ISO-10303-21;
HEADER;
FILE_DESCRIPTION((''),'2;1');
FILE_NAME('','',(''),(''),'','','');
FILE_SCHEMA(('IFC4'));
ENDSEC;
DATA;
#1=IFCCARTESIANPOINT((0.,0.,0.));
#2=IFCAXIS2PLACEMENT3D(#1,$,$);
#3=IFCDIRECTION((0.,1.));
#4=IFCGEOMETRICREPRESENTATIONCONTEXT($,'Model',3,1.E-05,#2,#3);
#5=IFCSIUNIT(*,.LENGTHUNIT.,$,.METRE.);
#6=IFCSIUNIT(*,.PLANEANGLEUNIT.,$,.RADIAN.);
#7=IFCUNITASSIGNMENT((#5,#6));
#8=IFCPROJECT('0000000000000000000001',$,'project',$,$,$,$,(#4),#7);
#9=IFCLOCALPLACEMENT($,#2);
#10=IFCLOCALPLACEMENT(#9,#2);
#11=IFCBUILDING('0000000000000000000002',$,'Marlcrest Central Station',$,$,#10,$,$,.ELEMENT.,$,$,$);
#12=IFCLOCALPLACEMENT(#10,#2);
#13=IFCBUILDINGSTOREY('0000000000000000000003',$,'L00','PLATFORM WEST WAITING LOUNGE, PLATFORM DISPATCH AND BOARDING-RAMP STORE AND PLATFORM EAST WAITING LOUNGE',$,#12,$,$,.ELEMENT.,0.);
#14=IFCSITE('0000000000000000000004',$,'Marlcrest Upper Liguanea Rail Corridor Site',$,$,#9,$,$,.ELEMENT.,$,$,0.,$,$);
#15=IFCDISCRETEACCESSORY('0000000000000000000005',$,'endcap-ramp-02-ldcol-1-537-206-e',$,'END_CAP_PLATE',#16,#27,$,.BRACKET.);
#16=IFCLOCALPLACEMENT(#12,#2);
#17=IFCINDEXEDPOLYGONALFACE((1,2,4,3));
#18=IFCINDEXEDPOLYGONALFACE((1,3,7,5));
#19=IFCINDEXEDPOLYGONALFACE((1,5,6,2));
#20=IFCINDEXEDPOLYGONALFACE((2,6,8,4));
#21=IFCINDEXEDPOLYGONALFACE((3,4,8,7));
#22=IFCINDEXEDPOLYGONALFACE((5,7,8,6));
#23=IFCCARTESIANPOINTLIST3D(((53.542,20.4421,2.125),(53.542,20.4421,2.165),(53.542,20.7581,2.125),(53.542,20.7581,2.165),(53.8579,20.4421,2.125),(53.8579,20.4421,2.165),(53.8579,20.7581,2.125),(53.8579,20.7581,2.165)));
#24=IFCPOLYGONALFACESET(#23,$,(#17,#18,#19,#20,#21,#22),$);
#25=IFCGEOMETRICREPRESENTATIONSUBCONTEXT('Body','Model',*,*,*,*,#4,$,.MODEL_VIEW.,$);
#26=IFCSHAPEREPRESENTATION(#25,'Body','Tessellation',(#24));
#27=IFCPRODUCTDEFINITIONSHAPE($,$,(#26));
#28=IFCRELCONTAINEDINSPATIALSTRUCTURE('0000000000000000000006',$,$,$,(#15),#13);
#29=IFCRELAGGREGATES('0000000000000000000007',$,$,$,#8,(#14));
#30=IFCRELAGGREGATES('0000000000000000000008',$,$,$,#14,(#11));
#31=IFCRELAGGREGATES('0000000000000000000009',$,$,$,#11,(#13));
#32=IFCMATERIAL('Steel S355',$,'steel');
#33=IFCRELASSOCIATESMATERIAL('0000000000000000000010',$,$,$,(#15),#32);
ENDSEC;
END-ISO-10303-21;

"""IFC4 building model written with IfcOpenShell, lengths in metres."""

from ifc_helpers import new_model, si_unit, direction, frame, origin, origin_2d, place, context, subcontext, project, spatial, rectangle, extrude, material, element, save


model = new_model("IFC4")

# Units and contexts
model_context = context("Model", 3, precision=1e-05, world=origin(), true_north=direction((0.0, 1.0)))
body_context = subcontext(model_context, "Body", "Model", "MODEL_VIEW")
ifc_project = project(units=[si_unit("LENGTHUNIT", "METRE"), si_unit("PLANEANGLEUNIT", "RADIAN")], contexts=[model_context])

# Site, building, storey
site_placement = place(None, origin())
site = spatial("IfcSite", under=ifc_project, at=site_placement, Name="Marlcrest Upper Liguanea Rail Corridor Site", CompositionType="ELEMENT", RefElevation=0.0)
building_placement = place(site_placement, origin())
building = spatial("IfcBuilding", under=site, at=building_placement, Name="Marlcrest Central Station", CompositionType="ELEMENT")
storey_placement = place(building_placement, origin())
storey = spatial("IfcBuildingStorey", under=building, at=storey_placement, Name="L00", Description="PLATFORM WEST WAITING LOUNGE, PLATFORM DISPATCH AND BOARDING-RAMP STORE AND PLATFORM EAST WAITING LOUNGE", CompositionType="ELEMENT", Elevation=0.0)

# Shared definitions
ifc_material_1 = material(Name="Steel S355", Category="steel")

# Discrete accessory
for number, where, z_axis, x_axis, name in (
    (1, (53.7, 20.6001, 2.125), (0.0, 0.0, 1.0), (1.0, 0.0, 0.0), "endcap-ramp-02-ldcol-1-537-206-e"),
):
    element("IfcDiscreteAccessory", number, at=place(storey_placement, frame(where, z_axis=z_axis, x_axis=x_axis)), inside=storey, material=ifc_material_1, Name=name, ObjectType="END_CAP_PLATE", PredefinedType="BRACKET", context=body_context, shape_type="SweptSolid", body=[
        extrude(rectangle(XDim=0.3159, YDim=0.3159, at=origin_2d()), origin(), (0.0, 0.0, 1.0), 0.04),
    ])

save(model, "model.ifc")
